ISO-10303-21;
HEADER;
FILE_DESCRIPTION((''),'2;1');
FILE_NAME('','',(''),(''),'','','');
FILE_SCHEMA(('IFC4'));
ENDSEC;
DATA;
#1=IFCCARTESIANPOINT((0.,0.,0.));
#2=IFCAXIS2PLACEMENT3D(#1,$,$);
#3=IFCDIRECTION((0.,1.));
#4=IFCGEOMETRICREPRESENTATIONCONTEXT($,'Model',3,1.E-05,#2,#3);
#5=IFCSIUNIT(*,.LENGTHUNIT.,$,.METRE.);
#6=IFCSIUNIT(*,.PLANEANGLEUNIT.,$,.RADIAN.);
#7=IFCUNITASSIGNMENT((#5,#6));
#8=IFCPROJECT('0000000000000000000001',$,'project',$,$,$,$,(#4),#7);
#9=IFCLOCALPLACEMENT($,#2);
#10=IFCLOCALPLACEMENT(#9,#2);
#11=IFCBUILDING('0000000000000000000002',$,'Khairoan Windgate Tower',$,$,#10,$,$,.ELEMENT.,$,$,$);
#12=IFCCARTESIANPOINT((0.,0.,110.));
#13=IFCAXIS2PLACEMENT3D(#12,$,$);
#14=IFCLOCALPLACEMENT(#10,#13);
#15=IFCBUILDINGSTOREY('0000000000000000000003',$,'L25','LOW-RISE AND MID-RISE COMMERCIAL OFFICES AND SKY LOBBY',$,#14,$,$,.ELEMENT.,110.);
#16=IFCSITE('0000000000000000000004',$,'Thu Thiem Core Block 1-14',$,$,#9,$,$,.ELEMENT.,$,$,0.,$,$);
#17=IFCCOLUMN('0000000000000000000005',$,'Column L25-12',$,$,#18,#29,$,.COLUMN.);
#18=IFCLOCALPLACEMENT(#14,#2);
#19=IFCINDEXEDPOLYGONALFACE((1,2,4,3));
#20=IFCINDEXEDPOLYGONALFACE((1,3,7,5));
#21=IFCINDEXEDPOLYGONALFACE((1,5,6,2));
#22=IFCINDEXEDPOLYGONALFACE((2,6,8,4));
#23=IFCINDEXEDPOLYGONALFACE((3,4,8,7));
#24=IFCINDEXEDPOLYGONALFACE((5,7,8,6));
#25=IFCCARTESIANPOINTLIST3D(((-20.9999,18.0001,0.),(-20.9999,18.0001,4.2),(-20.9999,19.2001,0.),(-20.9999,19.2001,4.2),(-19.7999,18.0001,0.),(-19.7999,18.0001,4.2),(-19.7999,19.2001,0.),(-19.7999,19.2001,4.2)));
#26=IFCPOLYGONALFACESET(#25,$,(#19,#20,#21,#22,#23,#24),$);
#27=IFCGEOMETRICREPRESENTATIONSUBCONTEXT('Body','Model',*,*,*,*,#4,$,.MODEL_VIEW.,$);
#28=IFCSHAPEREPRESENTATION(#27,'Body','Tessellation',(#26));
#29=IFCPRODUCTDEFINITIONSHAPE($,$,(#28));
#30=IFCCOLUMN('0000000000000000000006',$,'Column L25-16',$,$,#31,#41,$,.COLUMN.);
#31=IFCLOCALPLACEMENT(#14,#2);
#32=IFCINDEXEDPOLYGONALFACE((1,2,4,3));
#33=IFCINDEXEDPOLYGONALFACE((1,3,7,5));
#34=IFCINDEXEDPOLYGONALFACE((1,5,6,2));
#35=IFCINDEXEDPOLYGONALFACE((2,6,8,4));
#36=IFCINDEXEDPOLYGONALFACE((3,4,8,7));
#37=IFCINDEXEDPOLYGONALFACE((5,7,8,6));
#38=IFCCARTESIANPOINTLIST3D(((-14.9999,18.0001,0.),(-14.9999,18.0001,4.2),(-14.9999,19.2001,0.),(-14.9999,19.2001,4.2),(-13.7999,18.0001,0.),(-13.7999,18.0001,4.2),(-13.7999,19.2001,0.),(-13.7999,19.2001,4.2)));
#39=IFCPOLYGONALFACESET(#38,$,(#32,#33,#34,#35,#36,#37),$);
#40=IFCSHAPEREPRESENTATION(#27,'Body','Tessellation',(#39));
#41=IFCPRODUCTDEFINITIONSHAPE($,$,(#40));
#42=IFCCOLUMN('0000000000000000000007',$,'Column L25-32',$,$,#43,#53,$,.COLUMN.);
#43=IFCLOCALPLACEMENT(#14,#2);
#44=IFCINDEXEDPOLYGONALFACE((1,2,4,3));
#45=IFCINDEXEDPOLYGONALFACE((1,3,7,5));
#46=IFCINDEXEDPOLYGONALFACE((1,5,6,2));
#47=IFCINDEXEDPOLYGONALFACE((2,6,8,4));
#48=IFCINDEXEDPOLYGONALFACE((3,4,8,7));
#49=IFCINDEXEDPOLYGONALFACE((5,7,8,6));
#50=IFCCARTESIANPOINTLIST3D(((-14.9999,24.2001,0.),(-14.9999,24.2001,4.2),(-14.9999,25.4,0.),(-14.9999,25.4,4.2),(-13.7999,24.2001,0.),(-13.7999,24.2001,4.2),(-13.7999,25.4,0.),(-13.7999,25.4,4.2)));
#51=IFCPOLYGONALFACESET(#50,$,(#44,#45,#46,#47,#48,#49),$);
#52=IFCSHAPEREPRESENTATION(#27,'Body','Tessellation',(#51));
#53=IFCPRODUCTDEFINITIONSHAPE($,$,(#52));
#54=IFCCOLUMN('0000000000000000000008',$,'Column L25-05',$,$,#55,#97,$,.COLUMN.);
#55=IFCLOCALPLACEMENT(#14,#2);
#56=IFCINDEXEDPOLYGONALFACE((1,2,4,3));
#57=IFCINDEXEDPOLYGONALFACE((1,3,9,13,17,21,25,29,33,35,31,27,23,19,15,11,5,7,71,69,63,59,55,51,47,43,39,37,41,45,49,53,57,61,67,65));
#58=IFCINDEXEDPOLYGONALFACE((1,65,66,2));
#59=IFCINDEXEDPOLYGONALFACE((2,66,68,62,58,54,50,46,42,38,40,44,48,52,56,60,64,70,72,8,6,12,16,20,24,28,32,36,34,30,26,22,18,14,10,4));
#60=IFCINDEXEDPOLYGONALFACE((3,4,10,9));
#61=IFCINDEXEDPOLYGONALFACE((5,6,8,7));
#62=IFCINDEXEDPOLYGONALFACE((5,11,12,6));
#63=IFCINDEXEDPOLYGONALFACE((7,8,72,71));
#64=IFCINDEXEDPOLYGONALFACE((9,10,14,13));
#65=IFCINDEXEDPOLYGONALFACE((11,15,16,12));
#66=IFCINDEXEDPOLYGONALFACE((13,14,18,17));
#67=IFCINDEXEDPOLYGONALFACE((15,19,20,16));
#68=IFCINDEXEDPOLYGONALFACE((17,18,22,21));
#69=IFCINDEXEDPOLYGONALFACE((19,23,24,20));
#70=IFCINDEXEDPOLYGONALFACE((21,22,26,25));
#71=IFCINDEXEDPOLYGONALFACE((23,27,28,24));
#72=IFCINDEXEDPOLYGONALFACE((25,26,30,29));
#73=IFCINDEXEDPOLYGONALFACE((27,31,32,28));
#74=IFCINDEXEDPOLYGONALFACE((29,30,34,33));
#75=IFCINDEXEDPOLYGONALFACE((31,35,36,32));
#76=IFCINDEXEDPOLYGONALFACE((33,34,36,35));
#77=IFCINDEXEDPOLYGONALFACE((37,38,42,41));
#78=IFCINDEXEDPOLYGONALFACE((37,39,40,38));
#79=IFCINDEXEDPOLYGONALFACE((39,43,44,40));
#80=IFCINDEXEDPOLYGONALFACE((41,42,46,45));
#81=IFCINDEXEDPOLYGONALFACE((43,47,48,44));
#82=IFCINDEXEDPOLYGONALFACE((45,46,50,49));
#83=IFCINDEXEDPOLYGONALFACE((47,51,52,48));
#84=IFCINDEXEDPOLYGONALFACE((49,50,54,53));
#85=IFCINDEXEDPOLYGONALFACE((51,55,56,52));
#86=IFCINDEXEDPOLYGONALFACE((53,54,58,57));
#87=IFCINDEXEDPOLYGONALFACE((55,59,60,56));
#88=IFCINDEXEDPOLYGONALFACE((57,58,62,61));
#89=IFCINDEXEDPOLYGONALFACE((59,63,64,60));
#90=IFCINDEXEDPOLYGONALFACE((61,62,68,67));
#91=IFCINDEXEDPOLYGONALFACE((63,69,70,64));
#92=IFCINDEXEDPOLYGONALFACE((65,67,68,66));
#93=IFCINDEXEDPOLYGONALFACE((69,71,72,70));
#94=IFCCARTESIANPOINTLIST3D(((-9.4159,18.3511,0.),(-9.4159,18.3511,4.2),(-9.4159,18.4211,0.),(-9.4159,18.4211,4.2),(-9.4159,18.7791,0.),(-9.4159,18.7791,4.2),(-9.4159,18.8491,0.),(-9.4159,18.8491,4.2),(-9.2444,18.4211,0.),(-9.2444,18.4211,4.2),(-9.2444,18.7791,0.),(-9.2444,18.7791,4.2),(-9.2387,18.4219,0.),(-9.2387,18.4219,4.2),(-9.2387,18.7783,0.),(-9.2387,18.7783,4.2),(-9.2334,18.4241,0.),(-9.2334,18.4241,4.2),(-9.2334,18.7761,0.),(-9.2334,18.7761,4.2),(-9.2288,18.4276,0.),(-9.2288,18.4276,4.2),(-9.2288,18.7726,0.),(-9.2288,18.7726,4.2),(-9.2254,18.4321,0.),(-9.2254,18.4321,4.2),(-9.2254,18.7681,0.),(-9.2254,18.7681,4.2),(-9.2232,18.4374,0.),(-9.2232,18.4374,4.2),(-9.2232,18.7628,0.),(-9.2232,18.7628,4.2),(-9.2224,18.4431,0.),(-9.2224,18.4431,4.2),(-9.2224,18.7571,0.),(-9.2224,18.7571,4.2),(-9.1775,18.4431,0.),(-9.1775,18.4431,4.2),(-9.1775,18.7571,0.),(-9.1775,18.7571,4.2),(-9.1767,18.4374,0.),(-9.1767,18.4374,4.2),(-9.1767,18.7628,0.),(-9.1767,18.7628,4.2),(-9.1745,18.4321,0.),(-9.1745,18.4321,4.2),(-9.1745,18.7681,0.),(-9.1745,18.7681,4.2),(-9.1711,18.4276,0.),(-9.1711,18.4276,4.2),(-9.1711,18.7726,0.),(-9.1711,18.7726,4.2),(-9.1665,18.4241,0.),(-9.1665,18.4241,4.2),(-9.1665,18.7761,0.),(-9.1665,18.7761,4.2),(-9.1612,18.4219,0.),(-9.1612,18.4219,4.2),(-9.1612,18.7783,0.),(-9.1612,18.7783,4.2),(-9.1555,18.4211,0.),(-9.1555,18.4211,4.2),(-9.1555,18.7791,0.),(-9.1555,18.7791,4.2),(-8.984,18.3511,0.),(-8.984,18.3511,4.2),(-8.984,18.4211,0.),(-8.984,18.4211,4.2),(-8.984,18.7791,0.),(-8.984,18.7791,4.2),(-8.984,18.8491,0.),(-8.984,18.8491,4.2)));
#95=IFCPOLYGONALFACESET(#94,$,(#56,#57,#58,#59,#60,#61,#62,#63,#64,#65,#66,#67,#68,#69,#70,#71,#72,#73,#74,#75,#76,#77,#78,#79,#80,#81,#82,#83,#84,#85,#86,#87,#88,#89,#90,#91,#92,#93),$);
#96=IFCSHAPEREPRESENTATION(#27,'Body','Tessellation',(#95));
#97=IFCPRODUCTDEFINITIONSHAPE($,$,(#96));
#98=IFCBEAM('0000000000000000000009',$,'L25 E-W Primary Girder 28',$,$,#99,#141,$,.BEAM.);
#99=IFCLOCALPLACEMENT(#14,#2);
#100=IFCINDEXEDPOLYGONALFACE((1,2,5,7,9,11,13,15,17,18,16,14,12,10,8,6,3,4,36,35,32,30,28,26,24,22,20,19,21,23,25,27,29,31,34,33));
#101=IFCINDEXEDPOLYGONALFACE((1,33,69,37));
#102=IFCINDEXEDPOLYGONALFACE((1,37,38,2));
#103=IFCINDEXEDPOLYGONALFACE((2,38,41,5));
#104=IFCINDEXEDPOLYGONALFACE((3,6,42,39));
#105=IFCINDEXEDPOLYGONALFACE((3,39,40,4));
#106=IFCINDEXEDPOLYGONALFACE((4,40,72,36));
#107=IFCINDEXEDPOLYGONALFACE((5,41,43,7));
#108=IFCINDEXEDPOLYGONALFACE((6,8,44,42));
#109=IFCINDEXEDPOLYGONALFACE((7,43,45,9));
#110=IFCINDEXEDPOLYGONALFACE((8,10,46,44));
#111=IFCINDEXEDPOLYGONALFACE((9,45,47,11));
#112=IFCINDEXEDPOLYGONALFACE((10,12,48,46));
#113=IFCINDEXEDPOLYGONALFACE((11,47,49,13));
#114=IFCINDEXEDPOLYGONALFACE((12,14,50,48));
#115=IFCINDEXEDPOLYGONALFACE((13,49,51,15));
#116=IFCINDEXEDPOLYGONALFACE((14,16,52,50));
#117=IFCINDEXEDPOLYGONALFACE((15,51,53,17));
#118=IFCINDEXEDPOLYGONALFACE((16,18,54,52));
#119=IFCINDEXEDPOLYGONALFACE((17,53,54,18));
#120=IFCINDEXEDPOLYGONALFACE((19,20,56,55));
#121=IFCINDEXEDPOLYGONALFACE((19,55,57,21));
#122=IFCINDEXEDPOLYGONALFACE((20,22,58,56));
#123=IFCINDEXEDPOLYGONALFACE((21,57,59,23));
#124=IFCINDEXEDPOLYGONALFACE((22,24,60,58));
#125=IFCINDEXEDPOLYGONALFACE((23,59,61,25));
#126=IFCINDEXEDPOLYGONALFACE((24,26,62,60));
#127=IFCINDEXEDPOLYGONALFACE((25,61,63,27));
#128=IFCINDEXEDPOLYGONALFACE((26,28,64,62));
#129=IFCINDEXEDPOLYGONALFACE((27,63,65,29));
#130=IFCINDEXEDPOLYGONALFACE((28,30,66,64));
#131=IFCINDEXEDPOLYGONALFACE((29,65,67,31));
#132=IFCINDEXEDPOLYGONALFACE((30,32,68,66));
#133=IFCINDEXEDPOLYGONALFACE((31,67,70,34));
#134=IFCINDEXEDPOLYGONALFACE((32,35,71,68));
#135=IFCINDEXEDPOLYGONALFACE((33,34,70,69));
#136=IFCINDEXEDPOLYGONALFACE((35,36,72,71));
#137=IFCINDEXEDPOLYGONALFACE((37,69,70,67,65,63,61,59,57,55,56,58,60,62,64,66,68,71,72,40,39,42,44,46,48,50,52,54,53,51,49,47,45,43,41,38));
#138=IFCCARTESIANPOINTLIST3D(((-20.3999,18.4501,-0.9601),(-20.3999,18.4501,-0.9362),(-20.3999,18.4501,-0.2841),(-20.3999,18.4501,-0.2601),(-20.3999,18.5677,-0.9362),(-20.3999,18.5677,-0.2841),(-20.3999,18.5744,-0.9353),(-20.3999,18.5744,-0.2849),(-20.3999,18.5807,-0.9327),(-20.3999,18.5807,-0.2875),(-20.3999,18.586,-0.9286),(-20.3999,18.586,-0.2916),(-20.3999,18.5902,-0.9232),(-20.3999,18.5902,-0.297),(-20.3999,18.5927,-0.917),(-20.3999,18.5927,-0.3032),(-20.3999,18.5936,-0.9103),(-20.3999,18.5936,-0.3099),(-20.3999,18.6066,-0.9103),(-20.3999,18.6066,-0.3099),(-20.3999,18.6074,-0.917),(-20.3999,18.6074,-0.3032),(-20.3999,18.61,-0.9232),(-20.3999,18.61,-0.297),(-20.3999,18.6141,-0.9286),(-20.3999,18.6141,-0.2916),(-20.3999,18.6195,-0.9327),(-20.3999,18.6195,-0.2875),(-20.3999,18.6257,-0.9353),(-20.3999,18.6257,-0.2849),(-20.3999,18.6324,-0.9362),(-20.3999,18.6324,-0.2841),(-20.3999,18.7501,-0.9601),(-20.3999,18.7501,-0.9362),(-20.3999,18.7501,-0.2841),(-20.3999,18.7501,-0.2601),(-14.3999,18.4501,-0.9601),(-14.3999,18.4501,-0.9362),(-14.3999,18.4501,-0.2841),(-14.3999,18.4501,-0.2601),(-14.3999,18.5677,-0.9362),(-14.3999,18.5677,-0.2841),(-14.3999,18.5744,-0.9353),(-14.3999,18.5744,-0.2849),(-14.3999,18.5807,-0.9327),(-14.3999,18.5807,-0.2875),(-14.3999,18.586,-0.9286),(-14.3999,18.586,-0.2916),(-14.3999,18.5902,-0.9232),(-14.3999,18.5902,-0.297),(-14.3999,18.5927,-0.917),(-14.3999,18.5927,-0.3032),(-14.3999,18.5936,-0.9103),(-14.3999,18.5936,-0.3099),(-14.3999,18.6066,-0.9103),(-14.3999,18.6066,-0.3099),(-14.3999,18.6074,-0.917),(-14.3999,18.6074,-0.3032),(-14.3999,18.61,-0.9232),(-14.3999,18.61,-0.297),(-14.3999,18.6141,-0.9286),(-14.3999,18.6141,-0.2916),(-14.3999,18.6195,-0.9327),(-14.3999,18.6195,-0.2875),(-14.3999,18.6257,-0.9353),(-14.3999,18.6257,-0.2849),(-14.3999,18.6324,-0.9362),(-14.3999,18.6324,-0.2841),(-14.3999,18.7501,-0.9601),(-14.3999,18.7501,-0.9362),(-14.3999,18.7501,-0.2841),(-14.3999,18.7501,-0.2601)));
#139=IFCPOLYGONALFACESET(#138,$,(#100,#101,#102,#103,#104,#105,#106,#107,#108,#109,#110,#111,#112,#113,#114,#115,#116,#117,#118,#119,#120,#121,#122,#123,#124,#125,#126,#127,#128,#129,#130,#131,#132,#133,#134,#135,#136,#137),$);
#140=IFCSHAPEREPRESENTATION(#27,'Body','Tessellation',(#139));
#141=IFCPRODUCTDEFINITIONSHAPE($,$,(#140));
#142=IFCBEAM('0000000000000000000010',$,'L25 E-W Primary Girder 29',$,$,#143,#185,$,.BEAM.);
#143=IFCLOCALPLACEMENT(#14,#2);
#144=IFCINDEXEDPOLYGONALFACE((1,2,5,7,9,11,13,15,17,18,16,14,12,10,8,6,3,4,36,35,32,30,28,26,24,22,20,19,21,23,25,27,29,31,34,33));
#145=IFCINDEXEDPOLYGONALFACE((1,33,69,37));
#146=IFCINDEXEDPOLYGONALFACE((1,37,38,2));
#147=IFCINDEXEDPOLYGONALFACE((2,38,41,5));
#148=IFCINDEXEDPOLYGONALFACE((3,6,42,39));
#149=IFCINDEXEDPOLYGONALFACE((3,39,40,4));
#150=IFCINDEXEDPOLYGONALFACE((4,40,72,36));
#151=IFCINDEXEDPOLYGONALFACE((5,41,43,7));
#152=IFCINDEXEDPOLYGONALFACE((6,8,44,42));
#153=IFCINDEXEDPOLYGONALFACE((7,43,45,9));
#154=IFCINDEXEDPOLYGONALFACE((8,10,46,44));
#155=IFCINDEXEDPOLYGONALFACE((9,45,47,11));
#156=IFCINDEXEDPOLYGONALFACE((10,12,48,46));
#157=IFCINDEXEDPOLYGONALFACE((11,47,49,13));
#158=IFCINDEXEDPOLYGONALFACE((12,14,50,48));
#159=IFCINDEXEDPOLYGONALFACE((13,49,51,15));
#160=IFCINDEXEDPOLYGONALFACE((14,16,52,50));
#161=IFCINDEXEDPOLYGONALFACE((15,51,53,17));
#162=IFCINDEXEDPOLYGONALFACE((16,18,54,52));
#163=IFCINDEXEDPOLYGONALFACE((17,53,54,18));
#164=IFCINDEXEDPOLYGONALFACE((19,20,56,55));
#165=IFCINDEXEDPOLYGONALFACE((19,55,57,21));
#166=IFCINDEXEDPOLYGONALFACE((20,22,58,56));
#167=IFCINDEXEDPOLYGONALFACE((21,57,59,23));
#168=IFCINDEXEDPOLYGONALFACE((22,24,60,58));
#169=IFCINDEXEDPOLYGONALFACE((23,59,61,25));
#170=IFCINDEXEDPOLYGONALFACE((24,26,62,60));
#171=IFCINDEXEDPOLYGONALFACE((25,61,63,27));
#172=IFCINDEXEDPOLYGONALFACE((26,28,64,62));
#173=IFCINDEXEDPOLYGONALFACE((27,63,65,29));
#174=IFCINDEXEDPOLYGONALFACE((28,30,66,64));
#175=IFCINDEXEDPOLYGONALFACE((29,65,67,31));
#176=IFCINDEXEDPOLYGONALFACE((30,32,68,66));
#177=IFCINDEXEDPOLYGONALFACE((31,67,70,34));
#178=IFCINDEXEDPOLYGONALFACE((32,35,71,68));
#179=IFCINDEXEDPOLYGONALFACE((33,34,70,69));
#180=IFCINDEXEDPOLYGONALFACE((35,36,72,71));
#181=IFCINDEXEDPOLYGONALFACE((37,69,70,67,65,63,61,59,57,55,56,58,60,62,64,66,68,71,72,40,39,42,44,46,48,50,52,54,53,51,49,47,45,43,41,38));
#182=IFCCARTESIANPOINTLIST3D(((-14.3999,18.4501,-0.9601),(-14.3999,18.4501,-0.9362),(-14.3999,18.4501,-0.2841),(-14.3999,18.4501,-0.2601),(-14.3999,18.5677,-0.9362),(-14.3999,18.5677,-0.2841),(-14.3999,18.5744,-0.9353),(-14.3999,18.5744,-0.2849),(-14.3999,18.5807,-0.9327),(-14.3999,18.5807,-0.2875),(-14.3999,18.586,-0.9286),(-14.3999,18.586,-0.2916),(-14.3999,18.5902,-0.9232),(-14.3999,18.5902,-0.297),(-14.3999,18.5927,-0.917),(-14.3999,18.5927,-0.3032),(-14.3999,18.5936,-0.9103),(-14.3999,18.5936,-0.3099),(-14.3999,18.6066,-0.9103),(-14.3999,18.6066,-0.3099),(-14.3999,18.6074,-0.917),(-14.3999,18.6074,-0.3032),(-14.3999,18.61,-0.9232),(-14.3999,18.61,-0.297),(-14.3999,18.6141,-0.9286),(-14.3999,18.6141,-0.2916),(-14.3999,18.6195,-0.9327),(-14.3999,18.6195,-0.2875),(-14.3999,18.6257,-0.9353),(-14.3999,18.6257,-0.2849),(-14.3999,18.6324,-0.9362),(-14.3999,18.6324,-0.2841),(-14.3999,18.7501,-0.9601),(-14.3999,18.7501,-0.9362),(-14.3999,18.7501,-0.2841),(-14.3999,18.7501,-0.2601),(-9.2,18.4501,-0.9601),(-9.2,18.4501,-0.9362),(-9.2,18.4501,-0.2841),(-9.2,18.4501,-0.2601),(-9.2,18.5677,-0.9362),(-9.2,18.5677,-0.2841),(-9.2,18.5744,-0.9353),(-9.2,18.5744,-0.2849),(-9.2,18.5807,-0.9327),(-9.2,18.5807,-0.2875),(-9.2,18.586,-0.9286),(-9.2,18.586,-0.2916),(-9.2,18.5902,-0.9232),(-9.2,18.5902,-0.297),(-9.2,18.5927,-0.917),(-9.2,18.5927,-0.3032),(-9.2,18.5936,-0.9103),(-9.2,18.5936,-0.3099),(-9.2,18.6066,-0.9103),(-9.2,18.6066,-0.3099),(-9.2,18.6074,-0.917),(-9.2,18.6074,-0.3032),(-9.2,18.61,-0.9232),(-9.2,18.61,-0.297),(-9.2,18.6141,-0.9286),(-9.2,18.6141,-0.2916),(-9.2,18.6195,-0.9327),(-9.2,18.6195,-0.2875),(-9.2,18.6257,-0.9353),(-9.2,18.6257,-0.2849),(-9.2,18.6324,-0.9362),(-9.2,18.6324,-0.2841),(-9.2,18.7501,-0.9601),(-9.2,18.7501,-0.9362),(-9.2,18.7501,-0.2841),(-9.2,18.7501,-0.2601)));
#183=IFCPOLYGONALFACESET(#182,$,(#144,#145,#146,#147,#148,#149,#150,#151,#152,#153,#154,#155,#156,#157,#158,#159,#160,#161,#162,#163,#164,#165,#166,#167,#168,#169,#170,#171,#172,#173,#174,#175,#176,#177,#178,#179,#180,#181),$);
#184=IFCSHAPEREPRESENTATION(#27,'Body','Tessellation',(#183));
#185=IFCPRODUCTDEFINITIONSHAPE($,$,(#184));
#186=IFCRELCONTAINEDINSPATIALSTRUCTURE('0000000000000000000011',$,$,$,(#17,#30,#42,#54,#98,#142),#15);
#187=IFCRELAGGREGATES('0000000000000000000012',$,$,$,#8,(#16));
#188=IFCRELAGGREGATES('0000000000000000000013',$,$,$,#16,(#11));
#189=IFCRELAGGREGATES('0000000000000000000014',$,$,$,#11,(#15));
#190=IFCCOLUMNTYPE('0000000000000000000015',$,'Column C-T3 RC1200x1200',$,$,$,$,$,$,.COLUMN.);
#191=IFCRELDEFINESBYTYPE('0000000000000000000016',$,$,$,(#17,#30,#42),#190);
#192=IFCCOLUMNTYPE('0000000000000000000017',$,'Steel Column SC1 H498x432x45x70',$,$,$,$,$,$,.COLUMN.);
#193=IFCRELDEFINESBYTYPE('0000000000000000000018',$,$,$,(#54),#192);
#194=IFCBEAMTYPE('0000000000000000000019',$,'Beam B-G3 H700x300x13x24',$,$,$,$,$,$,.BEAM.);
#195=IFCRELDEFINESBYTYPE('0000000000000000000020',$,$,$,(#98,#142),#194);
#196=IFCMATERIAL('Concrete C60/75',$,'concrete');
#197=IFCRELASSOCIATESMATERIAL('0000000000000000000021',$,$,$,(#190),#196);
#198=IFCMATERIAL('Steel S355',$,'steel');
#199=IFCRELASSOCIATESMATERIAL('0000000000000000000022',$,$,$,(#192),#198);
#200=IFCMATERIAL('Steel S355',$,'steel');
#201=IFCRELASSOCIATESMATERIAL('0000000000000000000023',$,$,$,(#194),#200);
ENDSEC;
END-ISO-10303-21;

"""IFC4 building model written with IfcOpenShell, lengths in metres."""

from ifc_helpers import new_model, si_unit, direction, frame, origin, origin_2d, place, context, subcontext, project, spatial, rectangle, i_section, extrude, material, material_profile, profile_set, type_object, element, save


model = new_model("IFC4")

# Units and contexts
model_context = context("Model", 3, precision=1e-05, world=origin(), true_north=direction((0.0, 1.0)))
body_context = subcontext(model_context, "Body", "Model", "MODEL_VIEW")
ifc_project = project(units=[si_unit("LENGTHUNIT", "METRE"), si_unit("PLANEANGLEUNIT", "RADIAN")], contexts=[model_context])

# Site, building, storey
site_placement = place(None, origin())
site = spatial("IfcSite", under=ifc_project, at=site_placement, Name="Thu Thiem Core Block 1-14", CompositionType="ELEMENT", RefElevation=0.0)
building_placement = place(site_placement, origin())
building = spatial("IfcBuilding", under=site, at=building_placement, Name="Khairoan Windgate Tower", CompositionType="ELEMENT")
storey_placement = place(building_placement, frame((0.0, 0.0, 110.0)))
storey = spatial("IfcBuildingStorey", under=building, at=storey_placement, Name="L25", Description="LOW-RISE AND MID-RISE COMMERCIAL OFFICES AND SKY LOBBY", CompositionType="ELEMENT", Elevation=110.0)

# Columns
ifc_material_1 = material(Name="Concrete C60/75", Category="concrete")
ifc_material_profile_1 = material_profile(ifc_material_1, rectangle(XDim=1.2, YDim=1.2, at=origin_2d()))
ifc_profile_set_1 = profile_set([ifc_material_profile_1], Name="Concrete C60/75")
column_type_1 = type_object("IfcColumnType", Name="Column C-T3 RC1200x1200", PredefinedType="COLUMN", material=ifc_profile_set_1)
for number, where, z_axis, x_axis, name in (
    (1, (-20.3999, 18.6001, 0.0), (0.0, 0.0, 1.0), (1.0, 0.0, 0.0), "Column L25-12"),
    (2, (-14.3999, 18.6001, 0.0), (0.0, 0.0, 1.0), (1.0, 0.0, 0.0), "Column L25-16"),
    (3, (-14.3999, 24.8, 0.0), (0.0, 0.0, 1.0), (1.0, 0.0, 0.0), "Column L25-32"),
):
    element("IfcColumn", number, at=place(storey_placement, frame(where, z_axis=z_axis, x_axis=x_axis)), inside=storey, type_object=column_type_1, Name=name, PredefinedType="COLUMN", context=body_context, shape_type="SweptSolid", body=[
        extrude(rectangle(XDim=1.2, YDim=1.2, at=origin_2d()), origin(), (0.0, 0.0, 1.0), 4.2),
    ])
ifc_material_2 = material(Name="Steel S355", Category="steel")
ifc_material_profile_2 = material_profile(ifc_material_2, i_section(OverallWidth=0.4319, OverallDepth=0.498, WebThickness=0.0449, FlangeThickness=0.0701, FilletRadius=0.022, at=origin_2d()))
ifc_profile_set_2 = profile_set([ifc_material_profile_2], Name="Steel S355")
column_type_2 = type_object("IfcColumnType", Name="Steel Column SC1 H498x432x45x70", PredefinedType="COLUMN", material=ifc_profile_set_2)
column_placement = place(storey_placement, frame((-9.2, 18.6001, 0.0), z_axis=(0.0, 0.0, 1.0), x_axis=(1.0, 0.0, 0.0)))
element("IfcColumn", 4, at=column_placement, inside=storey, type_object=column_type_2, Name="Column L25-05", PredefinedType="COLUMN", context=body_context, shape_type="SweptSolid", body=[
    extrude(i_section(OverallWidth=0.4319, OverallDepth=0.498, WebThickness=0.0449, FlangeThickness=0.0701, FilletRadius=0.022, at=origin_2d()), origin(), (0.0, 0.0, 1.0), 4.2),
])

# Beams
ifc_material_3 = material(Name="Steel S355", Category="steel")
ifc_material_profile_3 = material_profile(ifc_material_3, i_section(OverallWidth=0.3, OverallDepth=0.7, WebThickness=0.0129, FlangeThickness=0.0239, FilletRadius=0.0259, at=origin_2d()))
ifc_profile_set_3 = profile_set([ifc_material_profile_3], Name="Steel S355")
beam_type = type_object("IfcBeamType", Name="Beam B-G3 H700x300x13x24", PredefinedType="BEAM", material=ifc_profile_set_3)
beam_1_placement = place(storey_placement, frame((-20.3999, 18.6001, -0.6101), z_axis=(1.0, 0.0, 0.0), x_axis=(0.0, 1.0, 0.0)))
element("IfcBeam", 5, at=beam_1_placement, inside=storey, type_object=beam_type, Name="L25 E-W Primary Girder 28", PredefinedType="BEAM", context=body_context, shape_type="SweptSolid", body=[
    extrude(i_section(OverallWidth=0.3, OverallDepth=0.7, WebThickness=0.0129, FlangeThickness=0.0239, FilletRadius=0.0259, at=origin_2d()), origin(), (0.0, 0.0, 1.0), 6.0),
])
beam_2_placement = place(storey_placement, frame((-14.3999, 18.6001, -0.6101), z_axis=(1.0, 0.0, 0.0), x_axis=(0.0, 1.0, 0.0)))
element("IfcBeam", 6, at=beam_2_placement, inside=storey, type_object=beam_type, Name="L25 E-W Primary Girder 29", PredefinedType="BEAM", context=body_context, shape_type="SweptSolid", body=[
    extrude(i_section(OverallWidth=0.3, OverallDepth=0.7, WebThickness=0.0129, FlangeThickness=0.0239, FilletRadius=0.0259, at=origin_2d()), origin(), (0.0, 0.0, 1.0), 5.2),
])

save(model, "model.ifc")
